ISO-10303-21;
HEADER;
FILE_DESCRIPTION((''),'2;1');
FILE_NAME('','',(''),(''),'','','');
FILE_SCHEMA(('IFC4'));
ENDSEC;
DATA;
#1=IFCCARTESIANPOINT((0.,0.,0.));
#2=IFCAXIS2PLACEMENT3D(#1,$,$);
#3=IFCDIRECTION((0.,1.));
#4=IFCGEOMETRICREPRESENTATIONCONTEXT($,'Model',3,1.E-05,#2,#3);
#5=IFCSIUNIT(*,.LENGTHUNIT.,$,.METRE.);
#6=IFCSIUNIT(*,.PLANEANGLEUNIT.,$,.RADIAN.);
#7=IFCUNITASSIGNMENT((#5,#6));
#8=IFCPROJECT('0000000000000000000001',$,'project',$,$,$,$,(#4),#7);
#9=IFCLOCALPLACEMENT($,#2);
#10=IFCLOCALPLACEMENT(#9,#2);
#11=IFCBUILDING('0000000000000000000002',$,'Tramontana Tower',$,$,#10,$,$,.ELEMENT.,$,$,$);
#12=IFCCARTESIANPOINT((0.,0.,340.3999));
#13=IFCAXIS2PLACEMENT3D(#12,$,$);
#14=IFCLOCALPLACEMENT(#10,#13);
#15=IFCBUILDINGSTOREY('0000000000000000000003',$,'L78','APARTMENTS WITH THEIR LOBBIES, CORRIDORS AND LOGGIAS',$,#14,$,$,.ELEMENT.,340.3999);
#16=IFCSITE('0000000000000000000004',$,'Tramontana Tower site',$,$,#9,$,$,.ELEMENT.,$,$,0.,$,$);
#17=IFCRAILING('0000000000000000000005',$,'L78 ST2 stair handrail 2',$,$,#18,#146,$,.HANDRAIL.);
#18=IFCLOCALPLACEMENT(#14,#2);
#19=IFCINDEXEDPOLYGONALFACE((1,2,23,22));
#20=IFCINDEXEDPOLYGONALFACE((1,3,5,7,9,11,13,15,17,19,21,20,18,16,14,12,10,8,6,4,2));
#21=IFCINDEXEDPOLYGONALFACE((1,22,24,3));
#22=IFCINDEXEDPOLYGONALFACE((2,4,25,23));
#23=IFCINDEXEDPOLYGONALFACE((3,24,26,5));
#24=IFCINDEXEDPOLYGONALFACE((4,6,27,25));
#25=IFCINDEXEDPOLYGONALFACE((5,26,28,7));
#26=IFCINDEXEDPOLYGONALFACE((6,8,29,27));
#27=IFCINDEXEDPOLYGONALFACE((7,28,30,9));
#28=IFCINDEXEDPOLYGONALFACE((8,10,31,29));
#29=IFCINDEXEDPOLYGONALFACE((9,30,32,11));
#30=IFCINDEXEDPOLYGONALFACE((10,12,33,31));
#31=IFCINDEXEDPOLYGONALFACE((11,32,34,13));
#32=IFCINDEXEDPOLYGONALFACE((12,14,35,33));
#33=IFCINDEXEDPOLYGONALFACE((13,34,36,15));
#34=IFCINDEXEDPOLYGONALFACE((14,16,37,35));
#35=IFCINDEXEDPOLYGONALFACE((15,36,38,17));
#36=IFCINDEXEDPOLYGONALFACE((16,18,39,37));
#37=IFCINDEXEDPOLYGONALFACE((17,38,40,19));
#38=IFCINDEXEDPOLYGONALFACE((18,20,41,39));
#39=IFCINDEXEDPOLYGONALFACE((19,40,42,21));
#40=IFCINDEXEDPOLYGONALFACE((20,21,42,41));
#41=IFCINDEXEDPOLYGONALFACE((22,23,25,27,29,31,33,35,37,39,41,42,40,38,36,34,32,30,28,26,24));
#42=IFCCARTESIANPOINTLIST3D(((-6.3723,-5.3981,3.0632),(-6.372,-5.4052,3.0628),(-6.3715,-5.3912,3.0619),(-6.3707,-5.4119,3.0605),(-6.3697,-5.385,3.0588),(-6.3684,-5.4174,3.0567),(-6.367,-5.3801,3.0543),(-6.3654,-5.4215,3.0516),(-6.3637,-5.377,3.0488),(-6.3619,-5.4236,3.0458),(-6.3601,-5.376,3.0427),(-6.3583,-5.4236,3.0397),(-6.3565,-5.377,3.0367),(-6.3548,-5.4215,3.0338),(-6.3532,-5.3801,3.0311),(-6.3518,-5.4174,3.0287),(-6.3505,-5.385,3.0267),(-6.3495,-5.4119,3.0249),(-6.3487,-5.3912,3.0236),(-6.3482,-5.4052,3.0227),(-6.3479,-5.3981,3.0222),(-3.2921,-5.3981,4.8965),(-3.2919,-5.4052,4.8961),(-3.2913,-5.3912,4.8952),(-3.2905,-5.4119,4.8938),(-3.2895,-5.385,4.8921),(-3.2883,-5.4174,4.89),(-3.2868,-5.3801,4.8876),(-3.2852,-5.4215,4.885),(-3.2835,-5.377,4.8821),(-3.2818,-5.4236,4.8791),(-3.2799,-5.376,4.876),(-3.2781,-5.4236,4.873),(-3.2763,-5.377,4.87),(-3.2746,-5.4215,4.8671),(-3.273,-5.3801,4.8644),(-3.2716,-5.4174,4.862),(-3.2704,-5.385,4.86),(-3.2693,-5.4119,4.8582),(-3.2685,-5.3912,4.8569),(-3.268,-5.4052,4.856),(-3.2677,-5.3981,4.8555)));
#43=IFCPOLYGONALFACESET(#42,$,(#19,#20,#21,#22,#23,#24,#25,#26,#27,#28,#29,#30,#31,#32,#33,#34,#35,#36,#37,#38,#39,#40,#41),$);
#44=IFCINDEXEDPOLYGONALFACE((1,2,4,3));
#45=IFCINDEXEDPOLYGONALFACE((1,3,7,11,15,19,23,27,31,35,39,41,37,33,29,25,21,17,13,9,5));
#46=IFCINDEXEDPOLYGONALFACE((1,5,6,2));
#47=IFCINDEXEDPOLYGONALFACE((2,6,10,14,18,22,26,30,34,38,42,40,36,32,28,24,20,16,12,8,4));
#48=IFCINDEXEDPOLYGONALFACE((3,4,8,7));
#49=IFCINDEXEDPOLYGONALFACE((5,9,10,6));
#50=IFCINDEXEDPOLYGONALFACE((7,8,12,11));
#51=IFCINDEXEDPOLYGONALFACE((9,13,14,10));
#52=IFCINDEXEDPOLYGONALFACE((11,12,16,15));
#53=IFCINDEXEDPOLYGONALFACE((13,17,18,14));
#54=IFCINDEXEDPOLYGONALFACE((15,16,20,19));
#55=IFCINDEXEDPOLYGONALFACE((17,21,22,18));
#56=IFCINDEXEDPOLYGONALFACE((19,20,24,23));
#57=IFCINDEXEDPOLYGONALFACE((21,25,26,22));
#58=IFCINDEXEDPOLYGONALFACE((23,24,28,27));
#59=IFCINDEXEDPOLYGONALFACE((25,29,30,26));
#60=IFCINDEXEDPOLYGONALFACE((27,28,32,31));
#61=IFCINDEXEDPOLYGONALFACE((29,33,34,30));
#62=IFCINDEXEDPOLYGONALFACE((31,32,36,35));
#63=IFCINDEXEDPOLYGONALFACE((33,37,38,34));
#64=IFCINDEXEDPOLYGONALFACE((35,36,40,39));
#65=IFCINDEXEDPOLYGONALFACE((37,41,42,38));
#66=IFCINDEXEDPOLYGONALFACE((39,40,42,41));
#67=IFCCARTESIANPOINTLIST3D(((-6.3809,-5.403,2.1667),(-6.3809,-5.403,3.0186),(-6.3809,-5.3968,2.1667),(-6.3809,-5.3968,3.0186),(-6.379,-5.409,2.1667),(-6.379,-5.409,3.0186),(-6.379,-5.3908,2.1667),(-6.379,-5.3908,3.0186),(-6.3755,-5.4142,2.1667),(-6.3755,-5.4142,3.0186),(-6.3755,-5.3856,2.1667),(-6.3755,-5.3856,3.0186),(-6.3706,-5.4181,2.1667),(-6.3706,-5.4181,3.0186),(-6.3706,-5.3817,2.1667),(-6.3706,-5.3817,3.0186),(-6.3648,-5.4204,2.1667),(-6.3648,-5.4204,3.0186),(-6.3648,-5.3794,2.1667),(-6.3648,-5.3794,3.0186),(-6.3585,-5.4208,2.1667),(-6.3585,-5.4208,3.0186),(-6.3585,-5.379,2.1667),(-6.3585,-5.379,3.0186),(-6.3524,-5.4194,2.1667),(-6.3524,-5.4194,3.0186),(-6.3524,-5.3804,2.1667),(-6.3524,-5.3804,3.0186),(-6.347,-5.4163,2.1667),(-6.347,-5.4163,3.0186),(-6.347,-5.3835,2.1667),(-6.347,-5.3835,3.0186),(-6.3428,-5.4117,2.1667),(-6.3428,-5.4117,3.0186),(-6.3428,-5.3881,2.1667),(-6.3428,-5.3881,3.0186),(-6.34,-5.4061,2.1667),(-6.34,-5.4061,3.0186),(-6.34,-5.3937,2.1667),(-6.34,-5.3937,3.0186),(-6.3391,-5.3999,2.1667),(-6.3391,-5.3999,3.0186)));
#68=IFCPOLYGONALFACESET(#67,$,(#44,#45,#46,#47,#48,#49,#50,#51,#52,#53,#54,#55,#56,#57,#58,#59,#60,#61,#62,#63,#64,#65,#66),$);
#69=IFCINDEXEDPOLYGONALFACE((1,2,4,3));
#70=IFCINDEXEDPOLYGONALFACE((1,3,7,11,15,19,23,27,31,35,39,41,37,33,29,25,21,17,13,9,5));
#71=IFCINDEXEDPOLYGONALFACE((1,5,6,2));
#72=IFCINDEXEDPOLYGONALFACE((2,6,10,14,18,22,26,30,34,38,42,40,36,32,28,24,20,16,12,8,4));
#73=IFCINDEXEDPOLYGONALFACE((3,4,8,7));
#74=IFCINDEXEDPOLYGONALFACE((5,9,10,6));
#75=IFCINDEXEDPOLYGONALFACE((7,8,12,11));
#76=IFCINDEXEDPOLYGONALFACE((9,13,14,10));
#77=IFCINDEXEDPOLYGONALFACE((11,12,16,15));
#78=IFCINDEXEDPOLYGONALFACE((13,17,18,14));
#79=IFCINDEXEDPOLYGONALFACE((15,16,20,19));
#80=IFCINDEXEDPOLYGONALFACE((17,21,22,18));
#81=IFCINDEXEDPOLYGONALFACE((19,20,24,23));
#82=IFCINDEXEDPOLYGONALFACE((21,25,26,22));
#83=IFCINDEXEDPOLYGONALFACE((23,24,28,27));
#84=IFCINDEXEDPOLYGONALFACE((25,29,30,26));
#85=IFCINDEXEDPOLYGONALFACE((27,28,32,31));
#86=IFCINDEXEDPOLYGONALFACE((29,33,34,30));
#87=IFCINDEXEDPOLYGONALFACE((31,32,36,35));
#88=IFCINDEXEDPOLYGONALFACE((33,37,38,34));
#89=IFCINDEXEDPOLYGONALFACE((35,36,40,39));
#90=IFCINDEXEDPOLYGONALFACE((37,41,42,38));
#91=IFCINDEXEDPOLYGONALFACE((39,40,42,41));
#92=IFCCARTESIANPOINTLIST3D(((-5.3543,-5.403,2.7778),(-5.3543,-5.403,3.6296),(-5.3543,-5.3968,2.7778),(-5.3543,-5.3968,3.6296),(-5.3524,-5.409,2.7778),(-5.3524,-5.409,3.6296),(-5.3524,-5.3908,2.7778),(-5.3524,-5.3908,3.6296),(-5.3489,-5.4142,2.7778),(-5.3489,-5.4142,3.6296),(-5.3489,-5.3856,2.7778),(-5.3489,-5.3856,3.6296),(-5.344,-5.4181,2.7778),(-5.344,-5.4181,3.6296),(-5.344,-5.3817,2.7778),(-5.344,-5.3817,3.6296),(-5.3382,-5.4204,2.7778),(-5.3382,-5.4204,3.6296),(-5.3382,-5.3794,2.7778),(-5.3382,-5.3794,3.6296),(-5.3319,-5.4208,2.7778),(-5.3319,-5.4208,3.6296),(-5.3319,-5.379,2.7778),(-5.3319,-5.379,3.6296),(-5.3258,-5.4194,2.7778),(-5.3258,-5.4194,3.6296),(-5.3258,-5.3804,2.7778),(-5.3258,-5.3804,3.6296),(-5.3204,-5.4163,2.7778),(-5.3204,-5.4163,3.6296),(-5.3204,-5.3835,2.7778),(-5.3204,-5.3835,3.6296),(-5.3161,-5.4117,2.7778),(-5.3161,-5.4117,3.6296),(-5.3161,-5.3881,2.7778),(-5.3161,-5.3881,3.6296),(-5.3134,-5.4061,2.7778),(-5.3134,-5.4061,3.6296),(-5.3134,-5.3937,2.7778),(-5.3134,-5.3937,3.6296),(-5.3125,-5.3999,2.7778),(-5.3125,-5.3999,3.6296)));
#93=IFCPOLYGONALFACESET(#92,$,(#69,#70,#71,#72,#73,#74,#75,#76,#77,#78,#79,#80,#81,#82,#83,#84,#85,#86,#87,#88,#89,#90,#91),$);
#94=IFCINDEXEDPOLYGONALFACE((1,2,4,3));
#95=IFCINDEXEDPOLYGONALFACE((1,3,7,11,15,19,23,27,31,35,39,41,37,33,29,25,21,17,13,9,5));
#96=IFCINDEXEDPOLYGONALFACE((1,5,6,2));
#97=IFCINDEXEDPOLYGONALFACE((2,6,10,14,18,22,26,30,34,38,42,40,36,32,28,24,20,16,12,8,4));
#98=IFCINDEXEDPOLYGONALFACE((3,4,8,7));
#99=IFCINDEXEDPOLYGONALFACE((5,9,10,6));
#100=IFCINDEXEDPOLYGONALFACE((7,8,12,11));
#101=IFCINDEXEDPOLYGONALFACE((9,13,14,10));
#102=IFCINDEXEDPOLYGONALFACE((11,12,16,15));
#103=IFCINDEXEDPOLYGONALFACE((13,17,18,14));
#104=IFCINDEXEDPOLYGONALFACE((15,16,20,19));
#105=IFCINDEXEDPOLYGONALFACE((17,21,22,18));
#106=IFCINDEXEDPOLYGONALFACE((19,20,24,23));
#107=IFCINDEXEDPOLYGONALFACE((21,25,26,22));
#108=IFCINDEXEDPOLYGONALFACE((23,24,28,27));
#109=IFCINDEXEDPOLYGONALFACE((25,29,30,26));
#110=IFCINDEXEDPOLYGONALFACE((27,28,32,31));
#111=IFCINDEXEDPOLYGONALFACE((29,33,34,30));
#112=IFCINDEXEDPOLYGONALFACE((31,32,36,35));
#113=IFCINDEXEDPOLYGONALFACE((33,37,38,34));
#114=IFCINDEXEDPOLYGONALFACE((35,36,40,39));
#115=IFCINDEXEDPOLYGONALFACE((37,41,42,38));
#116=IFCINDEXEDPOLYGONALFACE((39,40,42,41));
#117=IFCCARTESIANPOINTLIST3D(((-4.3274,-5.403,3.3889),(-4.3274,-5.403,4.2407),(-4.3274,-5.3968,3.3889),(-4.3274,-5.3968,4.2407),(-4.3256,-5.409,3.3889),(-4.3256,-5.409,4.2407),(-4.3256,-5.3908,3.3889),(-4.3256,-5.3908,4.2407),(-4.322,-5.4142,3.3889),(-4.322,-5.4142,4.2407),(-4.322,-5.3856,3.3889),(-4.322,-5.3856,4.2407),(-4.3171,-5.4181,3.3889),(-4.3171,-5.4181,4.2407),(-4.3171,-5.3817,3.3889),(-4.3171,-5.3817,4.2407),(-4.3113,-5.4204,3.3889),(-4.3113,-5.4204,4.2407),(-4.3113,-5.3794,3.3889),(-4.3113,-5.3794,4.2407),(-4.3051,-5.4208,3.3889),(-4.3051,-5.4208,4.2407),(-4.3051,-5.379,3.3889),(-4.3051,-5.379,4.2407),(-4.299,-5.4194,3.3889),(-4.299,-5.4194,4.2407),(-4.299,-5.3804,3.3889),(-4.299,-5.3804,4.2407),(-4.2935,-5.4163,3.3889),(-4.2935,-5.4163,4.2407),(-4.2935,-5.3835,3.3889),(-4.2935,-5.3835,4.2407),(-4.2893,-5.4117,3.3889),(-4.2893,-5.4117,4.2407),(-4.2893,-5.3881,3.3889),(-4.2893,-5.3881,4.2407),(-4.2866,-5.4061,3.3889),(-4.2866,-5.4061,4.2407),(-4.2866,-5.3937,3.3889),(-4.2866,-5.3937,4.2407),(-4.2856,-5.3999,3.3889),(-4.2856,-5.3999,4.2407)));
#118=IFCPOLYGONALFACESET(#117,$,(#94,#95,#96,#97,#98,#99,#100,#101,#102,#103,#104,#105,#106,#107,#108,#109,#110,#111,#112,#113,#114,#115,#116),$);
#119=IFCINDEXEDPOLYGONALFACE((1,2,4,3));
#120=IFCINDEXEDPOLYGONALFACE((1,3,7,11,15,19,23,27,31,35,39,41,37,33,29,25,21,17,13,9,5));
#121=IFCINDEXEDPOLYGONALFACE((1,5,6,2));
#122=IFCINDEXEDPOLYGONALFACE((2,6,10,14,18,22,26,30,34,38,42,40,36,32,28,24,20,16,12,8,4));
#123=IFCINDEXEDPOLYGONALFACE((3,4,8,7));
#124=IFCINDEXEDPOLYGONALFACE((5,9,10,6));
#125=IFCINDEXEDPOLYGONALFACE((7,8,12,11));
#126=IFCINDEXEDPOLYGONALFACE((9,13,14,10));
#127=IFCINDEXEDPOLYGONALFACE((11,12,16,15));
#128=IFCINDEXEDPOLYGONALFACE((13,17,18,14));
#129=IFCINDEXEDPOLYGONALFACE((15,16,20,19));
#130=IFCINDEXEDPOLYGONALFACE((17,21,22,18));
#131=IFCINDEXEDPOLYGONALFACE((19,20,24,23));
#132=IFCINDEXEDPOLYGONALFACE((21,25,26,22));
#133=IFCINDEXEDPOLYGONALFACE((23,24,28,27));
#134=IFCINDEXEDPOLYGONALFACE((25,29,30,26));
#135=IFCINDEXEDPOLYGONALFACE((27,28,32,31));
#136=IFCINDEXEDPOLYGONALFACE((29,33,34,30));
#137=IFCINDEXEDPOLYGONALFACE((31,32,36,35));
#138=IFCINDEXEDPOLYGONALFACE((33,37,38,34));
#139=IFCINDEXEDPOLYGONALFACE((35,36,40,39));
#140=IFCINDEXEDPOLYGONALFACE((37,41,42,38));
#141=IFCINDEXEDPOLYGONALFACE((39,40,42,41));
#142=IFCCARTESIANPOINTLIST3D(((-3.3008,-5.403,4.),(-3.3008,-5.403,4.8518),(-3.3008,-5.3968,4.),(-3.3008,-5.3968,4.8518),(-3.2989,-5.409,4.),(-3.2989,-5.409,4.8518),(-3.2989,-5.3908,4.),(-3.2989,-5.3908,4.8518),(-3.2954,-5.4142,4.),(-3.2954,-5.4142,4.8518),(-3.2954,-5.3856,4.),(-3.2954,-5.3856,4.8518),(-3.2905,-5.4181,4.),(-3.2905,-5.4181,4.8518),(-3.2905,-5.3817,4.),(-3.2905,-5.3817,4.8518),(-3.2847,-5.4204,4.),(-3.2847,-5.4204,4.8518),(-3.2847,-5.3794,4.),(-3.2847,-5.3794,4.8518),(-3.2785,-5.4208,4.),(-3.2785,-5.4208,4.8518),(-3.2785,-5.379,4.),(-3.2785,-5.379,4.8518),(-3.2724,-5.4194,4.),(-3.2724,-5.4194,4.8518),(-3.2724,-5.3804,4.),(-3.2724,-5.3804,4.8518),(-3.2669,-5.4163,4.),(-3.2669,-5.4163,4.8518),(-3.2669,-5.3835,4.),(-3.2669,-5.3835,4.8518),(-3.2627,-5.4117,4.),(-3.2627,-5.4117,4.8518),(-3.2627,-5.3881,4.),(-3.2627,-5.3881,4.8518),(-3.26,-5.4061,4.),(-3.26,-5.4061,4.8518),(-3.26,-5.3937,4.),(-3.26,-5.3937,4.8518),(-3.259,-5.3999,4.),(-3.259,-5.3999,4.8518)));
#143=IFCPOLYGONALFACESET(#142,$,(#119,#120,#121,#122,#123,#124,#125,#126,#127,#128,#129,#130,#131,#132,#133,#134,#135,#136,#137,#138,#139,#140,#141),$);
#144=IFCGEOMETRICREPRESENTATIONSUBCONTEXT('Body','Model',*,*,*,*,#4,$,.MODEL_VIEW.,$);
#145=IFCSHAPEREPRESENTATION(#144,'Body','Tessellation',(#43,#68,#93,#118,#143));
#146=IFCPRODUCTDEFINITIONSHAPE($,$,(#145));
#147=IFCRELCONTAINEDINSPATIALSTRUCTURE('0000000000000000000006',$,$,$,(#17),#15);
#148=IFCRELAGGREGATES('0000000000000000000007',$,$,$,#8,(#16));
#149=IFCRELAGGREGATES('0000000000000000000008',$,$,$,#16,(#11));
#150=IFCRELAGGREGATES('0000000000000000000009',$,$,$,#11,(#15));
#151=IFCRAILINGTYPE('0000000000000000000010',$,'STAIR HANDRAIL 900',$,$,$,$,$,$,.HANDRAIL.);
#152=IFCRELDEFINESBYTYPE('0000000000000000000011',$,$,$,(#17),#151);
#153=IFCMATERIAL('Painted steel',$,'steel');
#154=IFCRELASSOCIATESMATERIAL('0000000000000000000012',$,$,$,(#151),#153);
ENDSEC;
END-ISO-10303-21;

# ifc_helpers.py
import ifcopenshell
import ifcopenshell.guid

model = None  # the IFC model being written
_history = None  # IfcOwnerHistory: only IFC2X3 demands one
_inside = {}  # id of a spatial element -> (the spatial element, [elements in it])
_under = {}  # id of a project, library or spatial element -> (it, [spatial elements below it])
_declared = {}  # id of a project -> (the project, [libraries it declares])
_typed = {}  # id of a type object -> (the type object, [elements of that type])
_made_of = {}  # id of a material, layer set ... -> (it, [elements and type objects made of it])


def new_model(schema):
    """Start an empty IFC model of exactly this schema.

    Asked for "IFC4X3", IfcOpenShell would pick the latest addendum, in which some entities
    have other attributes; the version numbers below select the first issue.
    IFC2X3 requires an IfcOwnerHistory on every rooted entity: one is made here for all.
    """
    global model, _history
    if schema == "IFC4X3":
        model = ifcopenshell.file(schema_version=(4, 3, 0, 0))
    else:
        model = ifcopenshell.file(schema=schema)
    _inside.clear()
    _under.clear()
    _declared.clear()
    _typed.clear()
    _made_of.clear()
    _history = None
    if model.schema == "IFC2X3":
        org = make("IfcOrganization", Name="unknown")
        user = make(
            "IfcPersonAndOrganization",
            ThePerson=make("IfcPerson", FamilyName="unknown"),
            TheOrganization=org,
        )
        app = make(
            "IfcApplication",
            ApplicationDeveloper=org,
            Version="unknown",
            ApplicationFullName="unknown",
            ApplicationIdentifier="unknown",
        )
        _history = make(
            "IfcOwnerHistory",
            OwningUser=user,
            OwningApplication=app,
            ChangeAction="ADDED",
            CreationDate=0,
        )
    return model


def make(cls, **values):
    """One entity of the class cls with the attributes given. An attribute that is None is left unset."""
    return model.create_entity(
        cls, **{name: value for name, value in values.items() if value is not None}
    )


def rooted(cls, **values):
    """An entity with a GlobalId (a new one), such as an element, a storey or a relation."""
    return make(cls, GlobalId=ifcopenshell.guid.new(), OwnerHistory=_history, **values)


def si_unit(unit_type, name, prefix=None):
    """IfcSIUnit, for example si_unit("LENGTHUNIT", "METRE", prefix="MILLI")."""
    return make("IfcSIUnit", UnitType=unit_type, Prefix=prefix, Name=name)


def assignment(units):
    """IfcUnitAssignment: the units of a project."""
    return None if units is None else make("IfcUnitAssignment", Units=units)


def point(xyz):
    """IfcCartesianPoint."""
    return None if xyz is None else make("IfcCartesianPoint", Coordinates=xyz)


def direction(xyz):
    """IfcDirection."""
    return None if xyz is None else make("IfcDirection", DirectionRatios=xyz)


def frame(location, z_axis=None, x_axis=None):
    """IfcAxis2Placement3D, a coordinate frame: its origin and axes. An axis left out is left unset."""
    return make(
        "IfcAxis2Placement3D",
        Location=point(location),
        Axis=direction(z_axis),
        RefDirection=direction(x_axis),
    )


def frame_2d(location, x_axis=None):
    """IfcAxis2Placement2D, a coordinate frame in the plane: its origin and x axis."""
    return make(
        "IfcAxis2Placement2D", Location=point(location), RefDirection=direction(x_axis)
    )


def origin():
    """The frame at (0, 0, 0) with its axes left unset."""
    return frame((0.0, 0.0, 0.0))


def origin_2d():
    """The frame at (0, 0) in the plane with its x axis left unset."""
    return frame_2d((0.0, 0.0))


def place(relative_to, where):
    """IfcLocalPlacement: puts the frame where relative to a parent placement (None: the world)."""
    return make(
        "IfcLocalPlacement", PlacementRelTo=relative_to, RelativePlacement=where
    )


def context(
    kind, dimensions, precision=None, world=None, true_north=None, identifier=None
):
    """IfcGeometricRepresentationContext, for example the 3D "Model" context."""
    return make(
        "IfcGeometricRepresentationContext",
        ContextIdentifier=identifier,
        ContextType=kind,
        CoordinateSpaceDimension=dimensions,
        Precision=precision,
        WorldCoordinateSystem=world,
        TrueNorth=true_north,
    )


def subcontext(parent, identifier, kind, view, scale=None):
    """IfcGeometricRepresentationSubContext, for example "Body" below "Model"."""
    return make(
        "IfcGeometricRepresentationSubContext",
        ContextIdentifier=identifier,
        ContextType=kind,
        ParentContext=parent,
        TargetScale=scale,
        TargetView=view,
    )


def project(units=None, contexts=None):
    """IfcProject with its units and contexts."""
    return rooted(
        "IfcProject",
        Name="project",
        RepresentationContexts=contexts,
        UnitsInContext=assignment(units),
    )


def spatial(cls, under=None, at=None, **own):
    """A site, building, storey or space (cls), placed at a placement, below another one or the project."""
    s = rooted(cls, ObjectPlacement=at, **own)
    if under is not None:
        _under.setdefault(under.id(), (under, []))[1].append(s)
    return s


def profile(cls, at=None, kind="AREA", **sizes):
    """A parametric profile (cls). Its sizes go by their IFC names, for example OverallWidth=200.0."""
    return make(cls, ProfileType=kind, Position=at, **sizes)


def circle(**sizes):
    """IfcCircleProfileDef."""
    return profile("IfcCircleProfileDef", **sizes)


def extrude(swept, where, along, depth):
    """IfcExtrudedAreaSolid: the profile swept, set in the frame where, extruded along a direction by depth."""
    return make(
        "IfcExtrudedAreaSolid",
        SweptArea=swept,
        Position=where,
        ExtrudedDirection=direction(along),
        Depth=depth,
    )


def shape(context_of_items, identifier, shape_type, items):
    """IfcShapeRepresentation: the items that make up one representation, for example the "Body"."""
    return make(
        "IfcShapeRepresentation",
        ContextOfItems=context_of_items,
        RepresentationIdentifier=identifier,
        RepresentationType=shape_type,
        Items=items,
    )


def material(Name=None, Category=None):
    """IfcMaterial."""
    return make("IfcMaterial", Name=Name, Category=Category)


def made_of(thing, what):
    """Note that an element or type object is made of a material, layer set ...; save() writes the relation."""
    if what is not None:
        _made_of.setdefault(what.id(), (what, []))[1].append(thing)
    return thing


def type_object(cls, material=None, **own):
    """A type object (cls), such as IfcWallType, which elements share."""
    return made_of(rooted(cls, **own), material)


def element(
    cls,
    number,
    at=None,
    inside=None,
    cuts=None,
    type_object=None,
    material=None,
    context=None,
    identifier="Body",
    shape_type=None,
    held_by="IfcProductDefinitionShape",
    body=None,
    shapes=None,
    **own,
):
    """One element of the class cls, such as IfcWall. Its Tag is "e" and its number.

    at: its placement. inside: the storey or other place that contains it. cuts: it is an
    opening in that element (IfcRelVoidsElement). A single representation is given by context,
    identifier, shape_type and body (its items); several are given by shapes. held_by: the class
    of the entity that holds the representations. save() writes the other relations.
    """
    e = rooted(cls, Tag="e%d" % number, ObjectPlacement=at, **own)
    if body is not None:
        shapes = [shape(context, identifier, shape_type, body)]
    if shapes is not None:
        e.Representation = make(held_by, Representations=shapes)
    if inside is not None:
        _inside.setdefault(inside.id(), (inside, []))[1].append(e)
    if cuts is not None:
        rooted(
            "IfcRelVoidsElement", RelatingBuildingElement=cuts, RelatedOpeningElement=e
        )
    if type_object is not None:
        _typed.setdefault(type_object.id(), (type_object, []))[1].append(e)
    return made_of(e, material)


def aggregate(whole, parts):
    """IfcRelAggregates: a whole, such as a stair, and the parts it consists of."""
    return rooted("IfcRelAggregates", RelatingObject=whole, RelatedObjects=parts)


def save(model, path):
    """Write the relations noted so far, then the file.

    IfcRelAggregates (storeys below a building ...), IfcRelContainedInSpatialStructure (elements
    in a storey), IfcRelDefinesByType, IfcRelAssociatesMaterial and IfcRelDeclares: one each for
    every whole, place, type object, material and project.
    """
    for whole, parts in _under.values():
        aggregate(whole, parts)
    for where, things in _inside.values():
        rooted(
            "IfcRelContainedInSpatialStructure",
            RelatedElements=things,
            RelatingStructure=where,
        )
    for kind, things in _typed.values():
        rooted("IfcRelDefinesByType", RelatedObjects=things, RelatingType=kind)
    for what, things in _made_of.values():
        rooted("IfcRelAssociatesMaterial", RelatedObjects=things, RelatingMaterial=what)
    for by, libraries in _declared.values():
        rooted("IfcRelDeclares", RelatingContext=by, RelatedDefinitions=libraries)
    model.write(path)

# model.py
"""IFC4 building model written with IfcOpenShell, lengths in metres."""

from ifc_helpers import new_model, si_unit, direction, frame, origin, origin_2d, place, context, subcontext, project, spatial, circle, extrude, material, type_object, element, save


model = new_model("IFC4")

# Units and contexts
model_context = context("Model", 3, precision=1e-05, world=origin(), true_north=direction((0.0, 1.0)))
body_context = subcontext(model_context, "Body", "Model", "MODEL_VIEW")
ifc_project = project(units=[si_unit("LENGTHUNIT", "METRE"), si_unit("PLANEANGLEUNIT", "RADIAN")], contexts=[model_context])

# Site, building, storey
site_placement = place(None, origin())
site = spatial("IfcSite", under=ifc_project, at=site_placement, Name="Tramontana Tower site", CompositionType="ELEMENT", RefElevation=0.0)
building_placement = place(site_placement, origin())
building = spatial("IfcBuilding", under=site, at=building_placement, Name="Tramontana Tower", CompositionType="ELEMENT")
storey_placement = place(building_placement, frame((0.0, 0.0, 340.3999)))
storey = spatial("IfcBuildingStorey", under=building, at=storey_placement, Name="L78", Description="APARTMENTS WITH THEIR LOBBIES, CORRIDORS AND LOGGIAS", CompositionType="ELEMENT", Elevation=340.3999)

# Railing
ifc_material_1 = material(Name="Painted steel", Category="steel")
railing_type_1 = type_object("IfcRailingType", Name="STAIR HANDRAIL 900", PredefinedType="HANDRAIL", material=ifc_material_1)
railing_1_placement = place(storey_placement, frame((-6.3601, -5.3999, 2.1667)))
element("IfcRailing", 1, at=railing_1_placement, inside=storey, type_object=railing_type_1, Name="L78 ST2 stair handrail 2", PredefinedType="HANDRAIL", context=body_context, shape_type="SweptSolid", body=[
    extrude(circle(Radius=0.0239, at=origin_2d()), frame((0.0, 0.0, 0.876), z_axis=(0.859309, 0.0, 0.511458), x_axis=(0.0, 1.0, 0.0)), (0.0, 0.0, 1.0), 3.5845),
    extrude(circle(Radius=0.021, at=origin_2d()), origin(), (0.0, 0.0, 1.0), 0.8518),
    extrude(circle(Radius=0.021, at=origin_2d()), frame((1.0266, 0.0, 0.6111)), (0.0, 0.0, 1.0), 0.8518),
    extrude(circle(Radius=0.021, at=origin_2d()), frame((2.0535, 0.0, 1.2222)), (0.0, 0.0, 1.0), 0.8518),
    extrude(circle(Radius=0.021, at=origin_2d()), frame((3.0801, 0.0, 1.8333)), (0.0, 0.0, 1.0), 0.8518),
])

save(model, "model.ifc")
